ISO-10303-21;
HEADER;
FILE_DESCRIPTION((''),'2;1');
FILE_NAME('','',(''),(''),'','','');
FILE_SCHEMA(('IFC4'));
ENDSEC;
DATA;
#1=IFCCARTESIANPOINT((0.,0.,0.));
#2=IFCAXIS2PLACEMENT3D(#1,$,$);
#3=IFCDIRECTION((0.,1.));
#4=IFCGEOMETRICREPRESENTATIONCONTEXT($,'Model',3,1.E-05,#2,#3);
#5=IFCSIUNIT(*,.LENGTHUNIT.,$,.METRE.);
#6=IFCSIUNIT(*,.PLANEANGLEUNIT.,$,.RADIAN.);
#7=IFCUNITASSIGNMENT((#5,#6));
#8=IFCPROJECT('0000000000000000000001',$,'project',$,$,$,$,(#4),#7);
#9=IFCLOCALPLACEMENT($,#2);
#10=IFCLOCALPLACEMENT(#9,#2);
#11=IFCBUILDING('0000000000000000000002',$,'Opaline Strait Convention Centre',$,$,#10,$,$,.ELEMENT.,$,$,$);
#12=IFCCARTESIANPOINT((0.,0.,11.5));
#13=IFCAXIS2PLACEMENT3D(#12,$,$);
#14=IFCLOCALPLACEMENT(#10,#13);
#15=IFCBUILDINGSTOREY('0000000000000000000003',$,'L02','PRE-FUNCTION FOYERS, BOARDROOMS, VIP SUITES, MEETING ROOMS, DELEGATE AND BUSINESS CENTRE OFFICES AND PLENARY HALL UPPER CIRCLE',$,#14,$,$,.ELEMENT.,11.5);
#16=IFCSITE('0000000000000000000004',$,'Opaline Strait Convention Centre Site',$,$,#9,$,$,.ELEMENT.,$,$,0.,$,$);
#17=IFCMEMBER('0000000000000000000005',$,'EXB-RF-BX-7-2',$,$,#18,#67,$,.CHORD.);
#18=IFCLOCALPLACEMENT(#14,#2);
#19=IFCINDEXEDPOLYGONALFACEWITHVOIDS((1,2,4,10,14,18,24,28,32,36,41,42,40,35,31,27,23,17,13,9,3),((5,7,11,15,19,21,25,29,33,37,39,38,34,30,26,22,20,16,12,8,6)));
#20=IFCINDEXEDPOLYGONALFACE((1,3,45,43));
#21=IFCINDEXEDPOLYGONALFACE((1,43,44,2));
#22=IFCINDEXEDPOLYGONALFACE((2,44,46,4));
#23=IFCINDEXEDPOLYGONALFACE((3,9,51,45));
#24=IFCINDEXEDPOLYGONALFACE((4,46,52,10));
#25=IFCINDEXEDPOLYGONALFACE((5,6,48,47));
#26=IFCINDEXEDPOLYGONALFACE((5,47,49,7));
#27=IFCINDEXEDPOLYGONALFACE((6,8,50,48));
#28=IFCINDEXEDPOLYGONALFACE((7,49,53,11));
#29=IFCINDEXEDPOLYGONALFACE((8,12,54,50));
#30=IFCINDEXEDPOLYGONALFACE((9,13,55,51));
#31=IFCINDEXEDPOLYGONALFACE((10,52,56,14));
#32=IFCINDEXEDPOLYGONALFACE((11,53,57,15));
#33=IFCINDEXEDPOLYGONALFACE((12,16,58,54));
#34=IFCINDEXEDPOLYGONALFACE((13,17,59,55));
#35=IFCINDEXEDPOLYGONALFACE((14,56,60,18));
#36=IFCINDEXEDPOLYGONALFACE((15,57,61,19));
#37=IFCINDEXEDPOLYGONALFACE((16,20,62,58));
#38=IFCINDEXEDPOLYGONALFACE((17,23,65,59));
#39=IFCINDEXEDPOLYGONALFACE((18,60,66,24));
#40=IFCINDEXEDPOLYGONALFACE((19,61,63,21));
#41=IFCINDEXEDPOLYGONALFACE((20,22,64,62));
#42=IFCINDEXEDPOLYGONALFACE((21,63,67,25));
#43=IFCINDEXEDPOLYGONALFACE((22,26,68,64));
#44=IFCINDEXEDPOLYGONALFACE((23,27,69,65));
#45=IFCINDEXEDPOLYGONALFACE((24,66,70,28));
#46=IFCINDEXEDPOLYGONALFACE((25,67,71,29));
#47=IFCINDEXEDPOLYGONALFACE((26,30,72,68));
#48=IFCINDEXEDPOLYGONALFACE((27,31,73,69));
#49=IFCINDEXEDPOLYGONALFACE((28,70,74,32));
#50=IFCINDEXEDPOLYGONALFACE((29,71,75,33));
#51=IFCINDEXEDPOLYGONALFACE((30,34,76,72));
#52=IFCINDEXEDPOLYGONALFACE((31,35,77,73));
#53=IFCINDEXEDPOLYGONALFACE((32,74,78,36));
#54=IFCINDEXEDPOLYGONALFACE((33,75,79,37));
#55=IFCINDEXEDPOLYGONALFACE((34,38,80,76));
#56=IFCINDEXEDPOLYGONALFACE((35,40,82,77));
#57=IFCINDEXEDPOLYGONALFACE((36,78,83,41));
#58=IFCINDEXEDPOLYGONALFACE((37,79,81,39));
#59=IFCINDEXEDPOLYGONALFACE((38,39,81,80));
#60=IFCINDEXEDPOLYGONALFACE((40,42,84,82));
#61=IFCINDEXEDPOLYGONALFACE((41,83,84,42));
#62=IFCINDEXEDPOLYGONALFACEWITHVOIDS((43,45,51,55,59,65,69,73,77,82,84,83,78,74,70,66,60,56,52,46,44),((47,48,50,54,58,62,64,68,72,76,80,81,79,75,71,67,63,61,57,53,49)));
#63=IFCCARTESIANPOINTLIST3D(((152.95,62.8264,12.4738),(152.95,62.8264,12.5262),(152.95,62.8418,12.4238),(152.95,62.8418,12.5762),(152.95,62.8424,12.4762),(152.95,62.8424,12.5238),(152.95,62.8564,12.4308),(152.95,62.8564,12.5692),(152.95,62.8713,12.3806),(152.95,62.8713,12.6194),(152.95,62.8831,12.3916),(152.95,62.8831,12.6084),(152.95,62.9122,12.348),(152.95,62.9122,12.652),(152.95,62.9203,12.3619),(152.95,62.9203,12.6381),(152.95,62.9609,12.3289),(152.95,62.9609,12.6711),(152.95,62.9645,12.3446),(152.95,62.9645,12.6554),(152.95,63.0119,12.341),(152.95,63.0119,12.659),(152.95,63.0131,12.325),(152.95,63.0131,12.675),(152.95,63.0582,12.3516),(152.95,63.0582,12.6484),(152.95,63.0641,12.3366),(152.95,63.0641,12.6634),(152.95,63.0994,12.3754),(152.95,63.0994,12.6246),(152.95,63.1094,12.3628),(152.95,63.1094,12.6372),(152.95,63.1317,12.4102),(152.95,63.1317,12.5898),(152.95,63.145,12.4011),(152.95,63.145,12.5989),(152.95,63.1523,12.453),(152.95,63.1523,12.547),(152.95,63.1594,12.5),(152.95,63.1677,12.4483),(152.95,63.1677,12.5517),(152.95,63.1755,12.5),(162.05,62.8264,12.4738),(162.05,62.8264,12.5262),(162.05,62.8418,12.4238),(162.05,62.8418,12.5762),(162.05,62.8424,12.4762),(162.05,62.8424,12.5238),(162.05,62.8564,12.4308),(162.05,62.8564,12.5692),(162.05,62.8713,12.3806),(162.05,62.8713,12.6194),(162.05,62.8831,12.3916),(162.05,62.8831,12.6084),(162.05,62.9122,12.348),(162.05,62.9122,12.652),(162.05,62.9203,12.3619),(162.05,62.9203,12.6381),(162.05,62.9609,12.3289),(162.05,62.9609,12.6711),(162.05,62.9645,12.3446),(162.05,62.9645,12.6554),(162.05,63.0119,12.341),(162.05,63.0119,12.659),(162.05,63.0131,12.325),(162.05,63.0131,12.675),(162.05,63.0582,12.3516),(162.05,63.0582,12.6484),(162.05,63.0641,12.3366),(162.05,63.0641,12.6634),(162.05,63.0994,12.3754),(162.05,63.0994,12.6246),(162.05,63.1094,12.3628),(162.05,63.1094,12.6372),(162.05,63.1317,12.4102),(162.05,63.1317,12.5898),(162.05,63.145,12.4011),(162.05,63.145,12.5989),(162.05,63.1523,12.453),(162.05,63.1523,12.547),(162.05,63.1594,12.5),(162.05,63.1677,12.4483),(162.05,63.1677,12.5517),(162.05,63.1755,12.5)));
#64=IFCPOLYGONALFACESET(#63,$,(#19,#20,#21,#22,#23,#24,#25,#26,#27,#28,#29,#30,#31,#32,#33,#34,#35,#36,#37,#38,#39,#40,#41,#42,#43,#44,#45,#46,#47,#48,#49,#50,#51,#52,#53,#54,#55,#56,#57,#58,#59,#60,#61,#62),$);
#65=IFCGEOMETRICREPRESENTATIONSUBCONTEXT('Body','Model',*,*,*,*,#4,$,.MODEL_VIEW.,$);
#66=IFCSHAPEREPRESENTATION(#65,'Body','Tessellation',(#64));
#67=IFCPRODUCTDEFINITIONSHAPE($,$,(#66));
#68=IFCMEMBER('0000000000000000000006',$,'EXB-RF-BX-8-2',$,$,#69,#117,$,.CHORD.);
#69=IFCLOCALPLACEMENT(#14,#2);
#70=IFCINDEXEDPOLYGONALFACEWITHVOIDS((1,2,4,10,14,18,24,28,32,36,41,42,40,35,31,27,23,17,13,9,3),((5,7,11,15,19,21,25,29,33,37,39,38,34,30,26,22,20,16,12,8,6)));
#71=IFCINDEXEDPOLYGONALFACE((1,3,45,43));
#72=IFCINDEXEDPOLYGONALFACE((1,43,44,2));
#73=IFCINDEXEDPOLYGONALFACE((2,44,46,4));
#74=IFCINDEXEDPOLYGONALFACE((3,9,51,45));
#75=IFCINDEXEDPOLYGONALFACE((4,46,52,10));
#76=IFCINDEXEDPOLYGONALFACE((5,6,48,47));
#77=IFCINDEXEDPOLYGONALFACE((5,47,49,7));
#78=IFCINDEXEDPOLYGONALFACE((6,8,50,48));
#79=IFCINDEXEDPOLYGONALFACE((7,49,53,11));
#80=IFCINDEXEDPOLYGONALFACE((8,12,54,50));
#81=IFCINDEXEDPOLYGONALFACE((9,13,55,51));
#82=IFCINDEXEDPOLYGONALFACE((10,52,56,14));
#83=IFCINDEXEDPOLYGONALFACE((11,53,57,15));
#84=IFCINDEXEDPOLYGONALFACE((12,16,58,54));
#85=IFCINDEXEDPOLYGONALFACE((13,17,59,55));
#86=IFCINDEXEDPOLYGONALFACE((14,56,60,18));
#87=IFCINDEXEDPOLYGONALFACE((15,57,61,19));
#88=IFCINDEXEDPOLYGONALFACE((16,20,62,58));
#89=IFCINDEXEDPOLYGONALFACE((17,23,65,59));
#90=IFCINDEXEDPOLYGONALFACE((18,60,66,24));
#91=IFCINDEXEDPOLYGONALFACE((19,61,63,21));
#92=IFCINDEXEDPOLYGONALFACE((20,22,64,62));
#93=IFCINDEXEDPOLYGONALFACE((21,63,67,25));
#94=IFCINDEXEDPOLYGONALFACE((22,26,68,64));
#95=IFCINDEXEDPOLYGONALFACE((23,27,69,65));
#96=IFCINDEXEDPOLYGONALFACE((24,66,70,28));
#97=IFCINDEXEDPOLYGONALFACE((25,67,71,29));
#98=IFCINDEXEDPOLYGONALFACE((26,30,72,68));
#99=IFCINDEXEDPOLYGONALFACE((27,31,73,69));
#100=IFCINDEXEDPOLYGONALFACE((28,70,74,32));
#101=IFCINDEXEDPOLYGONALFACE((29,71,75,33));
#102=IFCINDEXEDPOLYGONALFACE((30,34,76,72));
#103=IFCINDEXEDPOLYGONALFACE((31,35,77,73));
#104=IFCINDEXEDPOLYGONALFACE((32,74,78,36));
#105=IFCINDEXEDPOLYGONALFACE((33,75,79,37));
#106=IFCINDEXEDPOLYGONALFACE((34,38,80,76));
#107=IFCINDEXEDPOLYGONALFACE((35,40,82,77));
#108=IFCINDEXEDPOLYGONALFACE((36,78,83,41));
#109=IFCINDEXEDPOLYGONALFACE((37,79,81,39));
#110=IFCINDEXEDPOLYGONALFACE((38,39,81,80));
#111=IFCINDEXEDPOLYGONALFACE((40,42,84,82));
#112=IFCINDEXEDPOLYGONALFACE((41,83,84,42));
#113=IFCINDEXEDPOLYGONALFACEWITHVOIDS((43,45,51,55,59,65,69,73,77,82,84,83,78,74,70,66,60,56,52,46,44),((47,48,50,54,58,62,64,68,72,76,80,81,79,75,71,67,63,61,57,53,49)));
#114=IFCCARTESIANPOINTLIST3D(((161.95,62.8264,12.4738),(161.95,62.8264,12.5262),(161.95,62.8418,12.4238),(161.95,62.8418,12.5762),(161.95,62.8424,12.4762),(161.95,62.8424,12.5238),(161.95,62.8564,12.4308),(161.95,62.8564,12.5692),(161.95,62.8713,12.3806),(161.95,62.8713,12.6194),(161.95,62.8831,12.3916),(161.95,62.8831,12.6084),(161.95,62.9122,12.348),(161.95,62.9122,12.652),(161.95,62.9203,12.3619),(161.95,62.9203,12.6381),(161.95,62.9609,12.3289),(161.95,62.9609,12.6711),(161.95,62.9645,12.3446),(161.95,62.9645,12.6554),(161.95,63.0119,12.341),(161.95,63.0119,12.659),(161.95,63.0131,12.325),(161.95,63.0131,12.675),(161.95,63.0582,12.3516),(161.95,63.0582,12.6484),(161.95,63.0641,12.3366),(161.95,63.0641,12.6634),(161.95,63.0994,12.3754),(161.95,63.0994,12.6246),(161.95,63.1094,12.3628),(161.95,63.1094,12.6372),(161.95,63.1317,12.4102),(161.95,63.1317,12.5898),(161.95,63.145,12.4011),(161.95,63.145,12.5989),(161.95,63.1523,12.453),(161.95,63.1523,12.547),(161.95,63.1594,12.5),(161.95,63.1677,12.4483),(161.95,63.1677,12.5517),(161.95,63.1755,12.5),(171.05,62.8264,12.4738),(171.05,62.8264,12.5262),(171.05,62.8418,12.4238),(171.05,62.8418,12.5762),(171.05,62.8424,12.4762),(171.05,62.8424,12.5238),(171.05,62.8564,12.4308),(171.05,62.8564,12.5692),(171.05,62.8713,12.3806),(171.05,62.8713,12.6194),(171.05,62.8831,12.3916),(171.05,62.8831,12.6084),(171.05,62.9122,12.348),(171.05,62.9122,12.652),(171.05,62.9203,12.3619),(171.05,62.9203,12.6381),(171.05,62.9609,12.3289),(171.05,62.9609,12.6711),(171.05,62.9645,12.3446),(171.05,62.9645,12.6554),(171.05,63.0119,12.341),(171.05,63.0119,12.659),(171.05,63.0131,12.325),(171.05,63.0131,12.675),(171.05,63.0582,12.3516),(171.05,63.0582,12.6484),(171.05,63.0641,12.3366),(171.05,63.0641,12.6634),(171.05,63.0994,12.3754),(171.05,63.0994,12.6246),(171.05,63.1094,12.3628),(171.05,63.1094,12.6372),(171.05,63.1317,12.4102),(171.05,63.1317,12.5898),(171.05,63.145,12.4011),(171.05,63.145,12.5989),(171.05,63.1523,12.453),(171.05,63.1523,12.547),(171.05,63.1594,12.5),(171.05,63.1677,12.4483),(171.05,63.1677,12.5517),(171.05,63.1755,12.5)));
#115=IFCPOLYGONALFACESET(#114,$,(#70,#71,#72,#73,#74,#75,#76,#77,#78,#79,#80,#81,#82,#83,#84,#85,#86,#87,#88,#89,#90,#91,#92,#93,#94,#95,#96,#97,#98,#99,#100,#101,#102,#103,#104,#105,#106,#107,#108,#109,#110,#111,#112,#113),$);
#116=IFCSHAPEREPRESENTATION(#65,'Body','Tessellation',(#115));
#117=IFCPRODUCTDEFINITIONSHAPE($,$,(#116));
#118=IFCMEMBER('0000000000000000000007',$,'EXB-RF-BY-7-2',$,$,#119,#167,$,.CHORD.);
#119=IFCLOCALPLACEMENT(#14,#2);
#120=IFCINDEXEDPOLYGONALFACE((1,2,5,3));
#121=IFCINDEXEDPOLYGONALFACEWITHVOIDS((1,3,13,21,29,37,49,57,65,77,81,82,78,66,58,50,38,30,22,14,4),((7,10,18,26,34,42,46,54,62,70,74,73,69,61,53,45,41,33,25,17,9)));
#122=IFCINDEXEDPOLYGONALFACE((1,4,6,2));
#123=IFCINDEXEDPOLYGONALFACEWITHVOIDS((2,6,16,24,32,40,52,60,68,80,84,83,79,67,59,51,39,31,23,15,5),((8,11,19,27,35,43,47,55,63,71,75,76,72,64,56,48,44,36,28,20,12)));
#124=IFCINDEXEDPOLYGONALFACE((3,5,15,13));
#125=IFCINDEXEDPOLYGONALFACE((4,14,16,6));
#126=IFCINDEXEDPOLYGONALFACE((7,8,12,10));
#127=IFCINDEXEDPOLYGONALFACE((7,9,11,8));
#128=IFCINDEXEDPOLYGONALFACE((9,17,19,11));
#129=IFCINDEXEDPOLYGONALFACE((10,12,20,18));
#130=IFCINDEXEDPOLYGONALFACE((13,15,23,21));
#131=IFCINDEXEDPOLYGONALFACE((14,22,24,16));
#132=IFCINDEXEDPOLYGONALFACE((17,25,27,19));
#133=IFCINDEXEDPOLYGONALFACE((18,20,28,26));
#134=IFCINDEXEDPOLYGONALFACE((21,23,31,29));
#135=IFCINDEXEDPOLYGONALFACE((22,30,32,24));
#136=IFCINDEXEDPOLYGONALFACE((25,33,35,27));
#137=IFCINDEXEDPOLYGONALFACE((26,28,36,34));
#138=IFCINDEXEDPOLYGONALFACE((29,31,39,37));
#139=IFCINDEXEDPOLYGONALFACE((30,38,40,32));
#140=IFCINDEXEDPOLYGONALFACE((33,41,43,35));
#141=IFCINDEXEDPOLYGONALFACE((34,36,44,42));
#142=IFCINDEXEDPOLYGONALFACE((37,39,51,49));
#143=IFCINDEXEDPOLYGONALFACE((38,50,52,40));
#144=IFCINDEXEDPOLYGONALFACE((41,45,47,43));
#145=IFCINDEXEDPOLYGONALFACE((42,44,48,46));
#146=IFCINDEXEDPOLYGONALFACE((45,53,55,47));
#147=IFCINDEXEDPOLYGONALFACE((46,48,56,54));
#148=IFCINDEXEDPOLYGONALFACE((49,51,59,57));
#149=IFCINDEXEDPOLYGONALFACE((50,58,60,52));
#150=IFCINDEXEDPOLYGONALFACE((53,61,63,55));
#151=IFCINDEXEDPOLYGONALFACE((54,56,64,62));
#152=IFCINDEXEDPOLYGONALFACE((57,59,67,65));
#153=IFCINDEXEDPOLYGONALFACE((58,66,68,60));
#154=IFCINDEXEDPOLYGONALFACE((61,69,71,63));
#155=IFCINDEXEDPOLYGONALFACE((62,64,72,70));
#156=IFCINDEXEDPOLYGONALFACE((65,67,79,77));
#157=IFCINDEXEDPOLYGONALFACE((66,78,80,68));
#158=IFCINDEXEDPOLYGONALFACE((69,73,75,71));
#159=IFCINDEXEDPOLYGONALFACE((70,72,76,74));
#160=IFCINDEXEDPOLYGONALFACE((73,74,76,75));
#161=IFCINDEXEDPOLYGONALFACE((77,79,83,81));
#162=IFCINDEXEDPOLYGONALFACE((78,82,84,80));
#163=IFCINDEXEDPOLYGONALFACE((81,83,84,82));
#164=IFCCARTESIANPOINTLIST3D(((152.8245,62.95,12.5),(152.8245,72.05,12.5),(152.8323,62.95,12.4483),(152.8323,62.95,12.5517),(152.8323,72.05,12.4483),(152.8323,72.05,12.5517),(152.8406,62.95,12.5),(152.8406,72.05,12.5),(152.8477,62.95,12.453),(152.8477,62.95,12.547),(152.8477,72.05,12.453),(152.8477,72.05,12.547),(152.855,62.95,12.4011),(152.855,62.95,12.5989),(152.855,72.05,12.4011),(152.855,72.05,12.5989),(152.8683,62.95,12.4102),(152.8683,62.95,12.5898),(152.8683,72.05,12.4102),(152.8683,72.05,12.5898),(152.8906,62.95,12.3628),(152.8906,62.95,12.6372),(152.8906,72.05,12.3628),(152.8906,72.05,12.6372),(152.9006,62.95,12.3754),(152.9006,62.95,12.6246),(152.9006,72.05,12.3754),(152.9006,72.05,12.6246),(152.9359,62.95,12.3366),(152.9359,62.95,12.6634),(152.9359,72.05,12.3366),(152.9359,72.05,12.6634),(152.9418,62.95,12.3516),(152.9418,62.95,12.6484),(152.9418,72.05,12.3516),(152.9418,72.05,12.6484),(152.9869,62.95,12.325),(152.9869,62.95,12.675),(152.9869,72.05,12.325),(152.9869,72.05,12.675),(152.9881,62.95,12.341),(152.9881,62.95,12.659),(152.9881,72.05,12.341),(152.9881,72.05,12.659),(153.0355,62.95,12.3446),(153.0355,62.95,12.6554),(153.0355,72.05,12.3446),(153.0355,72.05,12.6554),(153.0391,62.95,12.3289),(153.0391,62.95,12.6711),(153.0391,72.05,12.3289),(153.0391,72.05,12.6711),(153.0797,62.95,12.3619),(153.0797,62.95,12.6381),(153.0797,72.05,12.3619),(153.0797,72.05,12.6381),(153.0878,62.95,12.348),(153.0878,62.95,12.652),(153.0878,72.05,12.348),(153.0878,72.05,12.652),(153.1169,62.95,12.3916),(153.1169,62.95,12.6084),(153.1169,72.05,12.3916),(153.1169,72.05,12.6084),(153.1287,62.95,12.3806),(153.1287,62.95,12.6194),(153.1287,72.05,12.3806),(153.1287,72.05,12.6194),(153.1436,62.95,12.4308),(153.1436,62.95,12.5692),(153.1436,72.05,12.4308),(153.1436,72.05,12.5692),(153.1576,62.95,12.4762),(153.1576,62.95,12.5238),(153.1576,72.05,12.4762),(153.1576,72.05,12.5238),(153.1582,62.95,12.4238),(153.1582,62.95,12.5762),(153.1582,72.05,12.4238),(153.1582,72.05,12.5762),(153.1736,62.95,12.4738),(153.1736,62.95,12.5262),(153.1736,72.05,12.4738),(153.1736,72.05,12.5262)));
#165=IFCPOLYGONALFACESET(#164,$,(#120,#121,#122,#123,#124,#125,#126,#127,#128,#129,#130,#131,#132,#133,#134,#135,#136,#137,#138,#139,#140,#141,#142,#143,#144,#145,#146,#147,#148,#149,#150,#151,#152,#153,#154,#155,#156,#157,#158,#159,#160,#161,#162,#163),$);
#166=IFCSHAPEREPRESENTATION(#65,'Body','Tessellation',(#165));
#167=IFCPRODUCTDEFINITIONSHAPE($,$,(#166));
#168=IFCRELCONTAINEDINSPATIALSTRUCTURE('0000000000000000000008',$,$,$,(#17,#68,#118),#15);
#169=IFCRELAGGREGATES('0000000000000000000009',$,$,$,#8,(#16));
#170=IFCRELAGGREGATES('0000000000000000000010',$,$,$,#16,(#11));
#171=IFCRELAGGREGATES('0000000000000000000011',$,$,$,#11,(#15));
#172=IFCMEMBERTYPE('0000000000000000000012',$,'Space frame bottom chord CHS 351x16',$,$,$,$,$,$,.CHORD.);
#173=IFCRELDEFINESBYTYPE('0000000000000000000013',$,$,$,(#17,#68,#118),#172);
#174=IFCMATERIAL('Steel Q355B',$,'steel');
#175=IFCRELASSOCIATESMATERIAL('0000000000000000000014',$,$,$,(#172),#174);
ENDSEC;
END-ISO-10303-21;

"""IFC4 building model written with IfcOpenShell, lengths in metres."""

from ifc_helpers import new_model, si_unit, direction, frame, origin, origin_2d, place, context, subcontext, project, spatial, hollow_circle, extrude, material, material_profile, profile_set, type_object, element, save


model = new_model("IFC4")

# Units and contexts
model_context = context("Model", 3, precision=1e-05, world=origin(), true_north=direction((0.0, 1.0)))
body_context = subcontext(model_context, "Body", "Model", "MODEL_VIEW")
ifc_project = project(units=[si_unit("LENGTHUNIT", "METRE"), si_unit("PLANEANGLEUNIT", "RADIAN")], contexts=[model_context])

# Site, building, storey
site_placement = place(None, origin())
site = spatial("IfcSite", under=ifc_project, at=site_placement, Name="Opaline Strait Convention Centre Site", CompositionType="ELEMENT", RefElevation=0.0)
building_placement = place(site_placement, origin())
building = spatial("IfcBuilding", under=site, at=building_placement, Name="Opaline Strait Convention Centre", CompositionType="ELEMENT")
storey_placement = place(building_placement, frame((0.0, 0.0, 11.5)))
storey = spatial("IfcBuildingStorey", under=building, at=storey_placement, Name="L02", Description="PRE-FUNCTION FOYERS, BOARDROOMS, VIP SUITES, MEETING ROOMS, DELEGATE AND BUSINESS CENTRE OFFICES AND PLENARY HALL UPPER CIRCLE", CompositionType="ELEMENT", Elevation=11.5)

# Members
ifc_material_1 = material(Name="Steel Q355B", Category="steel")
ifc_material_profile_1 = material_profile(ifc_material_1, hollow_circle(Radius=0.1755, WallThickness=0.0161, at=origin_2d()), Name="CHS 351x16")
ifc_profile_set_1 = profile_set([ifc_material_profile_1], Name="Steel Q355B")
member_type_1 = type_object("IfcMemberType", Name="Space frame bottom chord CHS 351x16", PredefinedType="CHORD", material=ifc_profile_set_1)
for number, where, z_axis, x_axis, name in (
    (1, (152.95, 63.0, 12.5), (1.0, 0.0, 0.0), (0.0, 1.0, 0.0), "EXB-RF-BX-7-2"),
    (2, (161.95, 63.0, 12.5), (1.0, 0.0, 0.0), (0.0, 1.0, 0.0), "EXB-RF-BX-8-2"),
    (3, (153.0, 62.95, 12.5), (0.0, 1.0, 0.0), (-1.0, 0.0, 0.0), "EXB-RF-BY-7-2"),
):
    element("IfcMember", number, at=place(storey_placement, frame(where, z_axis=z_axis, x_axis=x_axis)), inside=storey, type_object=member_type_1, Name=name, PredefinedType="CHORD", context=body_context, shape_type="SweptSolid", body=[
        extrude(hollow_circle(Radius=0.1755, WallThickness=0.0161, at=origin_2d()), origin(), (0.0, 0.0, 1.0), 9.1001),
    ])

save(model, "model.ifc")
